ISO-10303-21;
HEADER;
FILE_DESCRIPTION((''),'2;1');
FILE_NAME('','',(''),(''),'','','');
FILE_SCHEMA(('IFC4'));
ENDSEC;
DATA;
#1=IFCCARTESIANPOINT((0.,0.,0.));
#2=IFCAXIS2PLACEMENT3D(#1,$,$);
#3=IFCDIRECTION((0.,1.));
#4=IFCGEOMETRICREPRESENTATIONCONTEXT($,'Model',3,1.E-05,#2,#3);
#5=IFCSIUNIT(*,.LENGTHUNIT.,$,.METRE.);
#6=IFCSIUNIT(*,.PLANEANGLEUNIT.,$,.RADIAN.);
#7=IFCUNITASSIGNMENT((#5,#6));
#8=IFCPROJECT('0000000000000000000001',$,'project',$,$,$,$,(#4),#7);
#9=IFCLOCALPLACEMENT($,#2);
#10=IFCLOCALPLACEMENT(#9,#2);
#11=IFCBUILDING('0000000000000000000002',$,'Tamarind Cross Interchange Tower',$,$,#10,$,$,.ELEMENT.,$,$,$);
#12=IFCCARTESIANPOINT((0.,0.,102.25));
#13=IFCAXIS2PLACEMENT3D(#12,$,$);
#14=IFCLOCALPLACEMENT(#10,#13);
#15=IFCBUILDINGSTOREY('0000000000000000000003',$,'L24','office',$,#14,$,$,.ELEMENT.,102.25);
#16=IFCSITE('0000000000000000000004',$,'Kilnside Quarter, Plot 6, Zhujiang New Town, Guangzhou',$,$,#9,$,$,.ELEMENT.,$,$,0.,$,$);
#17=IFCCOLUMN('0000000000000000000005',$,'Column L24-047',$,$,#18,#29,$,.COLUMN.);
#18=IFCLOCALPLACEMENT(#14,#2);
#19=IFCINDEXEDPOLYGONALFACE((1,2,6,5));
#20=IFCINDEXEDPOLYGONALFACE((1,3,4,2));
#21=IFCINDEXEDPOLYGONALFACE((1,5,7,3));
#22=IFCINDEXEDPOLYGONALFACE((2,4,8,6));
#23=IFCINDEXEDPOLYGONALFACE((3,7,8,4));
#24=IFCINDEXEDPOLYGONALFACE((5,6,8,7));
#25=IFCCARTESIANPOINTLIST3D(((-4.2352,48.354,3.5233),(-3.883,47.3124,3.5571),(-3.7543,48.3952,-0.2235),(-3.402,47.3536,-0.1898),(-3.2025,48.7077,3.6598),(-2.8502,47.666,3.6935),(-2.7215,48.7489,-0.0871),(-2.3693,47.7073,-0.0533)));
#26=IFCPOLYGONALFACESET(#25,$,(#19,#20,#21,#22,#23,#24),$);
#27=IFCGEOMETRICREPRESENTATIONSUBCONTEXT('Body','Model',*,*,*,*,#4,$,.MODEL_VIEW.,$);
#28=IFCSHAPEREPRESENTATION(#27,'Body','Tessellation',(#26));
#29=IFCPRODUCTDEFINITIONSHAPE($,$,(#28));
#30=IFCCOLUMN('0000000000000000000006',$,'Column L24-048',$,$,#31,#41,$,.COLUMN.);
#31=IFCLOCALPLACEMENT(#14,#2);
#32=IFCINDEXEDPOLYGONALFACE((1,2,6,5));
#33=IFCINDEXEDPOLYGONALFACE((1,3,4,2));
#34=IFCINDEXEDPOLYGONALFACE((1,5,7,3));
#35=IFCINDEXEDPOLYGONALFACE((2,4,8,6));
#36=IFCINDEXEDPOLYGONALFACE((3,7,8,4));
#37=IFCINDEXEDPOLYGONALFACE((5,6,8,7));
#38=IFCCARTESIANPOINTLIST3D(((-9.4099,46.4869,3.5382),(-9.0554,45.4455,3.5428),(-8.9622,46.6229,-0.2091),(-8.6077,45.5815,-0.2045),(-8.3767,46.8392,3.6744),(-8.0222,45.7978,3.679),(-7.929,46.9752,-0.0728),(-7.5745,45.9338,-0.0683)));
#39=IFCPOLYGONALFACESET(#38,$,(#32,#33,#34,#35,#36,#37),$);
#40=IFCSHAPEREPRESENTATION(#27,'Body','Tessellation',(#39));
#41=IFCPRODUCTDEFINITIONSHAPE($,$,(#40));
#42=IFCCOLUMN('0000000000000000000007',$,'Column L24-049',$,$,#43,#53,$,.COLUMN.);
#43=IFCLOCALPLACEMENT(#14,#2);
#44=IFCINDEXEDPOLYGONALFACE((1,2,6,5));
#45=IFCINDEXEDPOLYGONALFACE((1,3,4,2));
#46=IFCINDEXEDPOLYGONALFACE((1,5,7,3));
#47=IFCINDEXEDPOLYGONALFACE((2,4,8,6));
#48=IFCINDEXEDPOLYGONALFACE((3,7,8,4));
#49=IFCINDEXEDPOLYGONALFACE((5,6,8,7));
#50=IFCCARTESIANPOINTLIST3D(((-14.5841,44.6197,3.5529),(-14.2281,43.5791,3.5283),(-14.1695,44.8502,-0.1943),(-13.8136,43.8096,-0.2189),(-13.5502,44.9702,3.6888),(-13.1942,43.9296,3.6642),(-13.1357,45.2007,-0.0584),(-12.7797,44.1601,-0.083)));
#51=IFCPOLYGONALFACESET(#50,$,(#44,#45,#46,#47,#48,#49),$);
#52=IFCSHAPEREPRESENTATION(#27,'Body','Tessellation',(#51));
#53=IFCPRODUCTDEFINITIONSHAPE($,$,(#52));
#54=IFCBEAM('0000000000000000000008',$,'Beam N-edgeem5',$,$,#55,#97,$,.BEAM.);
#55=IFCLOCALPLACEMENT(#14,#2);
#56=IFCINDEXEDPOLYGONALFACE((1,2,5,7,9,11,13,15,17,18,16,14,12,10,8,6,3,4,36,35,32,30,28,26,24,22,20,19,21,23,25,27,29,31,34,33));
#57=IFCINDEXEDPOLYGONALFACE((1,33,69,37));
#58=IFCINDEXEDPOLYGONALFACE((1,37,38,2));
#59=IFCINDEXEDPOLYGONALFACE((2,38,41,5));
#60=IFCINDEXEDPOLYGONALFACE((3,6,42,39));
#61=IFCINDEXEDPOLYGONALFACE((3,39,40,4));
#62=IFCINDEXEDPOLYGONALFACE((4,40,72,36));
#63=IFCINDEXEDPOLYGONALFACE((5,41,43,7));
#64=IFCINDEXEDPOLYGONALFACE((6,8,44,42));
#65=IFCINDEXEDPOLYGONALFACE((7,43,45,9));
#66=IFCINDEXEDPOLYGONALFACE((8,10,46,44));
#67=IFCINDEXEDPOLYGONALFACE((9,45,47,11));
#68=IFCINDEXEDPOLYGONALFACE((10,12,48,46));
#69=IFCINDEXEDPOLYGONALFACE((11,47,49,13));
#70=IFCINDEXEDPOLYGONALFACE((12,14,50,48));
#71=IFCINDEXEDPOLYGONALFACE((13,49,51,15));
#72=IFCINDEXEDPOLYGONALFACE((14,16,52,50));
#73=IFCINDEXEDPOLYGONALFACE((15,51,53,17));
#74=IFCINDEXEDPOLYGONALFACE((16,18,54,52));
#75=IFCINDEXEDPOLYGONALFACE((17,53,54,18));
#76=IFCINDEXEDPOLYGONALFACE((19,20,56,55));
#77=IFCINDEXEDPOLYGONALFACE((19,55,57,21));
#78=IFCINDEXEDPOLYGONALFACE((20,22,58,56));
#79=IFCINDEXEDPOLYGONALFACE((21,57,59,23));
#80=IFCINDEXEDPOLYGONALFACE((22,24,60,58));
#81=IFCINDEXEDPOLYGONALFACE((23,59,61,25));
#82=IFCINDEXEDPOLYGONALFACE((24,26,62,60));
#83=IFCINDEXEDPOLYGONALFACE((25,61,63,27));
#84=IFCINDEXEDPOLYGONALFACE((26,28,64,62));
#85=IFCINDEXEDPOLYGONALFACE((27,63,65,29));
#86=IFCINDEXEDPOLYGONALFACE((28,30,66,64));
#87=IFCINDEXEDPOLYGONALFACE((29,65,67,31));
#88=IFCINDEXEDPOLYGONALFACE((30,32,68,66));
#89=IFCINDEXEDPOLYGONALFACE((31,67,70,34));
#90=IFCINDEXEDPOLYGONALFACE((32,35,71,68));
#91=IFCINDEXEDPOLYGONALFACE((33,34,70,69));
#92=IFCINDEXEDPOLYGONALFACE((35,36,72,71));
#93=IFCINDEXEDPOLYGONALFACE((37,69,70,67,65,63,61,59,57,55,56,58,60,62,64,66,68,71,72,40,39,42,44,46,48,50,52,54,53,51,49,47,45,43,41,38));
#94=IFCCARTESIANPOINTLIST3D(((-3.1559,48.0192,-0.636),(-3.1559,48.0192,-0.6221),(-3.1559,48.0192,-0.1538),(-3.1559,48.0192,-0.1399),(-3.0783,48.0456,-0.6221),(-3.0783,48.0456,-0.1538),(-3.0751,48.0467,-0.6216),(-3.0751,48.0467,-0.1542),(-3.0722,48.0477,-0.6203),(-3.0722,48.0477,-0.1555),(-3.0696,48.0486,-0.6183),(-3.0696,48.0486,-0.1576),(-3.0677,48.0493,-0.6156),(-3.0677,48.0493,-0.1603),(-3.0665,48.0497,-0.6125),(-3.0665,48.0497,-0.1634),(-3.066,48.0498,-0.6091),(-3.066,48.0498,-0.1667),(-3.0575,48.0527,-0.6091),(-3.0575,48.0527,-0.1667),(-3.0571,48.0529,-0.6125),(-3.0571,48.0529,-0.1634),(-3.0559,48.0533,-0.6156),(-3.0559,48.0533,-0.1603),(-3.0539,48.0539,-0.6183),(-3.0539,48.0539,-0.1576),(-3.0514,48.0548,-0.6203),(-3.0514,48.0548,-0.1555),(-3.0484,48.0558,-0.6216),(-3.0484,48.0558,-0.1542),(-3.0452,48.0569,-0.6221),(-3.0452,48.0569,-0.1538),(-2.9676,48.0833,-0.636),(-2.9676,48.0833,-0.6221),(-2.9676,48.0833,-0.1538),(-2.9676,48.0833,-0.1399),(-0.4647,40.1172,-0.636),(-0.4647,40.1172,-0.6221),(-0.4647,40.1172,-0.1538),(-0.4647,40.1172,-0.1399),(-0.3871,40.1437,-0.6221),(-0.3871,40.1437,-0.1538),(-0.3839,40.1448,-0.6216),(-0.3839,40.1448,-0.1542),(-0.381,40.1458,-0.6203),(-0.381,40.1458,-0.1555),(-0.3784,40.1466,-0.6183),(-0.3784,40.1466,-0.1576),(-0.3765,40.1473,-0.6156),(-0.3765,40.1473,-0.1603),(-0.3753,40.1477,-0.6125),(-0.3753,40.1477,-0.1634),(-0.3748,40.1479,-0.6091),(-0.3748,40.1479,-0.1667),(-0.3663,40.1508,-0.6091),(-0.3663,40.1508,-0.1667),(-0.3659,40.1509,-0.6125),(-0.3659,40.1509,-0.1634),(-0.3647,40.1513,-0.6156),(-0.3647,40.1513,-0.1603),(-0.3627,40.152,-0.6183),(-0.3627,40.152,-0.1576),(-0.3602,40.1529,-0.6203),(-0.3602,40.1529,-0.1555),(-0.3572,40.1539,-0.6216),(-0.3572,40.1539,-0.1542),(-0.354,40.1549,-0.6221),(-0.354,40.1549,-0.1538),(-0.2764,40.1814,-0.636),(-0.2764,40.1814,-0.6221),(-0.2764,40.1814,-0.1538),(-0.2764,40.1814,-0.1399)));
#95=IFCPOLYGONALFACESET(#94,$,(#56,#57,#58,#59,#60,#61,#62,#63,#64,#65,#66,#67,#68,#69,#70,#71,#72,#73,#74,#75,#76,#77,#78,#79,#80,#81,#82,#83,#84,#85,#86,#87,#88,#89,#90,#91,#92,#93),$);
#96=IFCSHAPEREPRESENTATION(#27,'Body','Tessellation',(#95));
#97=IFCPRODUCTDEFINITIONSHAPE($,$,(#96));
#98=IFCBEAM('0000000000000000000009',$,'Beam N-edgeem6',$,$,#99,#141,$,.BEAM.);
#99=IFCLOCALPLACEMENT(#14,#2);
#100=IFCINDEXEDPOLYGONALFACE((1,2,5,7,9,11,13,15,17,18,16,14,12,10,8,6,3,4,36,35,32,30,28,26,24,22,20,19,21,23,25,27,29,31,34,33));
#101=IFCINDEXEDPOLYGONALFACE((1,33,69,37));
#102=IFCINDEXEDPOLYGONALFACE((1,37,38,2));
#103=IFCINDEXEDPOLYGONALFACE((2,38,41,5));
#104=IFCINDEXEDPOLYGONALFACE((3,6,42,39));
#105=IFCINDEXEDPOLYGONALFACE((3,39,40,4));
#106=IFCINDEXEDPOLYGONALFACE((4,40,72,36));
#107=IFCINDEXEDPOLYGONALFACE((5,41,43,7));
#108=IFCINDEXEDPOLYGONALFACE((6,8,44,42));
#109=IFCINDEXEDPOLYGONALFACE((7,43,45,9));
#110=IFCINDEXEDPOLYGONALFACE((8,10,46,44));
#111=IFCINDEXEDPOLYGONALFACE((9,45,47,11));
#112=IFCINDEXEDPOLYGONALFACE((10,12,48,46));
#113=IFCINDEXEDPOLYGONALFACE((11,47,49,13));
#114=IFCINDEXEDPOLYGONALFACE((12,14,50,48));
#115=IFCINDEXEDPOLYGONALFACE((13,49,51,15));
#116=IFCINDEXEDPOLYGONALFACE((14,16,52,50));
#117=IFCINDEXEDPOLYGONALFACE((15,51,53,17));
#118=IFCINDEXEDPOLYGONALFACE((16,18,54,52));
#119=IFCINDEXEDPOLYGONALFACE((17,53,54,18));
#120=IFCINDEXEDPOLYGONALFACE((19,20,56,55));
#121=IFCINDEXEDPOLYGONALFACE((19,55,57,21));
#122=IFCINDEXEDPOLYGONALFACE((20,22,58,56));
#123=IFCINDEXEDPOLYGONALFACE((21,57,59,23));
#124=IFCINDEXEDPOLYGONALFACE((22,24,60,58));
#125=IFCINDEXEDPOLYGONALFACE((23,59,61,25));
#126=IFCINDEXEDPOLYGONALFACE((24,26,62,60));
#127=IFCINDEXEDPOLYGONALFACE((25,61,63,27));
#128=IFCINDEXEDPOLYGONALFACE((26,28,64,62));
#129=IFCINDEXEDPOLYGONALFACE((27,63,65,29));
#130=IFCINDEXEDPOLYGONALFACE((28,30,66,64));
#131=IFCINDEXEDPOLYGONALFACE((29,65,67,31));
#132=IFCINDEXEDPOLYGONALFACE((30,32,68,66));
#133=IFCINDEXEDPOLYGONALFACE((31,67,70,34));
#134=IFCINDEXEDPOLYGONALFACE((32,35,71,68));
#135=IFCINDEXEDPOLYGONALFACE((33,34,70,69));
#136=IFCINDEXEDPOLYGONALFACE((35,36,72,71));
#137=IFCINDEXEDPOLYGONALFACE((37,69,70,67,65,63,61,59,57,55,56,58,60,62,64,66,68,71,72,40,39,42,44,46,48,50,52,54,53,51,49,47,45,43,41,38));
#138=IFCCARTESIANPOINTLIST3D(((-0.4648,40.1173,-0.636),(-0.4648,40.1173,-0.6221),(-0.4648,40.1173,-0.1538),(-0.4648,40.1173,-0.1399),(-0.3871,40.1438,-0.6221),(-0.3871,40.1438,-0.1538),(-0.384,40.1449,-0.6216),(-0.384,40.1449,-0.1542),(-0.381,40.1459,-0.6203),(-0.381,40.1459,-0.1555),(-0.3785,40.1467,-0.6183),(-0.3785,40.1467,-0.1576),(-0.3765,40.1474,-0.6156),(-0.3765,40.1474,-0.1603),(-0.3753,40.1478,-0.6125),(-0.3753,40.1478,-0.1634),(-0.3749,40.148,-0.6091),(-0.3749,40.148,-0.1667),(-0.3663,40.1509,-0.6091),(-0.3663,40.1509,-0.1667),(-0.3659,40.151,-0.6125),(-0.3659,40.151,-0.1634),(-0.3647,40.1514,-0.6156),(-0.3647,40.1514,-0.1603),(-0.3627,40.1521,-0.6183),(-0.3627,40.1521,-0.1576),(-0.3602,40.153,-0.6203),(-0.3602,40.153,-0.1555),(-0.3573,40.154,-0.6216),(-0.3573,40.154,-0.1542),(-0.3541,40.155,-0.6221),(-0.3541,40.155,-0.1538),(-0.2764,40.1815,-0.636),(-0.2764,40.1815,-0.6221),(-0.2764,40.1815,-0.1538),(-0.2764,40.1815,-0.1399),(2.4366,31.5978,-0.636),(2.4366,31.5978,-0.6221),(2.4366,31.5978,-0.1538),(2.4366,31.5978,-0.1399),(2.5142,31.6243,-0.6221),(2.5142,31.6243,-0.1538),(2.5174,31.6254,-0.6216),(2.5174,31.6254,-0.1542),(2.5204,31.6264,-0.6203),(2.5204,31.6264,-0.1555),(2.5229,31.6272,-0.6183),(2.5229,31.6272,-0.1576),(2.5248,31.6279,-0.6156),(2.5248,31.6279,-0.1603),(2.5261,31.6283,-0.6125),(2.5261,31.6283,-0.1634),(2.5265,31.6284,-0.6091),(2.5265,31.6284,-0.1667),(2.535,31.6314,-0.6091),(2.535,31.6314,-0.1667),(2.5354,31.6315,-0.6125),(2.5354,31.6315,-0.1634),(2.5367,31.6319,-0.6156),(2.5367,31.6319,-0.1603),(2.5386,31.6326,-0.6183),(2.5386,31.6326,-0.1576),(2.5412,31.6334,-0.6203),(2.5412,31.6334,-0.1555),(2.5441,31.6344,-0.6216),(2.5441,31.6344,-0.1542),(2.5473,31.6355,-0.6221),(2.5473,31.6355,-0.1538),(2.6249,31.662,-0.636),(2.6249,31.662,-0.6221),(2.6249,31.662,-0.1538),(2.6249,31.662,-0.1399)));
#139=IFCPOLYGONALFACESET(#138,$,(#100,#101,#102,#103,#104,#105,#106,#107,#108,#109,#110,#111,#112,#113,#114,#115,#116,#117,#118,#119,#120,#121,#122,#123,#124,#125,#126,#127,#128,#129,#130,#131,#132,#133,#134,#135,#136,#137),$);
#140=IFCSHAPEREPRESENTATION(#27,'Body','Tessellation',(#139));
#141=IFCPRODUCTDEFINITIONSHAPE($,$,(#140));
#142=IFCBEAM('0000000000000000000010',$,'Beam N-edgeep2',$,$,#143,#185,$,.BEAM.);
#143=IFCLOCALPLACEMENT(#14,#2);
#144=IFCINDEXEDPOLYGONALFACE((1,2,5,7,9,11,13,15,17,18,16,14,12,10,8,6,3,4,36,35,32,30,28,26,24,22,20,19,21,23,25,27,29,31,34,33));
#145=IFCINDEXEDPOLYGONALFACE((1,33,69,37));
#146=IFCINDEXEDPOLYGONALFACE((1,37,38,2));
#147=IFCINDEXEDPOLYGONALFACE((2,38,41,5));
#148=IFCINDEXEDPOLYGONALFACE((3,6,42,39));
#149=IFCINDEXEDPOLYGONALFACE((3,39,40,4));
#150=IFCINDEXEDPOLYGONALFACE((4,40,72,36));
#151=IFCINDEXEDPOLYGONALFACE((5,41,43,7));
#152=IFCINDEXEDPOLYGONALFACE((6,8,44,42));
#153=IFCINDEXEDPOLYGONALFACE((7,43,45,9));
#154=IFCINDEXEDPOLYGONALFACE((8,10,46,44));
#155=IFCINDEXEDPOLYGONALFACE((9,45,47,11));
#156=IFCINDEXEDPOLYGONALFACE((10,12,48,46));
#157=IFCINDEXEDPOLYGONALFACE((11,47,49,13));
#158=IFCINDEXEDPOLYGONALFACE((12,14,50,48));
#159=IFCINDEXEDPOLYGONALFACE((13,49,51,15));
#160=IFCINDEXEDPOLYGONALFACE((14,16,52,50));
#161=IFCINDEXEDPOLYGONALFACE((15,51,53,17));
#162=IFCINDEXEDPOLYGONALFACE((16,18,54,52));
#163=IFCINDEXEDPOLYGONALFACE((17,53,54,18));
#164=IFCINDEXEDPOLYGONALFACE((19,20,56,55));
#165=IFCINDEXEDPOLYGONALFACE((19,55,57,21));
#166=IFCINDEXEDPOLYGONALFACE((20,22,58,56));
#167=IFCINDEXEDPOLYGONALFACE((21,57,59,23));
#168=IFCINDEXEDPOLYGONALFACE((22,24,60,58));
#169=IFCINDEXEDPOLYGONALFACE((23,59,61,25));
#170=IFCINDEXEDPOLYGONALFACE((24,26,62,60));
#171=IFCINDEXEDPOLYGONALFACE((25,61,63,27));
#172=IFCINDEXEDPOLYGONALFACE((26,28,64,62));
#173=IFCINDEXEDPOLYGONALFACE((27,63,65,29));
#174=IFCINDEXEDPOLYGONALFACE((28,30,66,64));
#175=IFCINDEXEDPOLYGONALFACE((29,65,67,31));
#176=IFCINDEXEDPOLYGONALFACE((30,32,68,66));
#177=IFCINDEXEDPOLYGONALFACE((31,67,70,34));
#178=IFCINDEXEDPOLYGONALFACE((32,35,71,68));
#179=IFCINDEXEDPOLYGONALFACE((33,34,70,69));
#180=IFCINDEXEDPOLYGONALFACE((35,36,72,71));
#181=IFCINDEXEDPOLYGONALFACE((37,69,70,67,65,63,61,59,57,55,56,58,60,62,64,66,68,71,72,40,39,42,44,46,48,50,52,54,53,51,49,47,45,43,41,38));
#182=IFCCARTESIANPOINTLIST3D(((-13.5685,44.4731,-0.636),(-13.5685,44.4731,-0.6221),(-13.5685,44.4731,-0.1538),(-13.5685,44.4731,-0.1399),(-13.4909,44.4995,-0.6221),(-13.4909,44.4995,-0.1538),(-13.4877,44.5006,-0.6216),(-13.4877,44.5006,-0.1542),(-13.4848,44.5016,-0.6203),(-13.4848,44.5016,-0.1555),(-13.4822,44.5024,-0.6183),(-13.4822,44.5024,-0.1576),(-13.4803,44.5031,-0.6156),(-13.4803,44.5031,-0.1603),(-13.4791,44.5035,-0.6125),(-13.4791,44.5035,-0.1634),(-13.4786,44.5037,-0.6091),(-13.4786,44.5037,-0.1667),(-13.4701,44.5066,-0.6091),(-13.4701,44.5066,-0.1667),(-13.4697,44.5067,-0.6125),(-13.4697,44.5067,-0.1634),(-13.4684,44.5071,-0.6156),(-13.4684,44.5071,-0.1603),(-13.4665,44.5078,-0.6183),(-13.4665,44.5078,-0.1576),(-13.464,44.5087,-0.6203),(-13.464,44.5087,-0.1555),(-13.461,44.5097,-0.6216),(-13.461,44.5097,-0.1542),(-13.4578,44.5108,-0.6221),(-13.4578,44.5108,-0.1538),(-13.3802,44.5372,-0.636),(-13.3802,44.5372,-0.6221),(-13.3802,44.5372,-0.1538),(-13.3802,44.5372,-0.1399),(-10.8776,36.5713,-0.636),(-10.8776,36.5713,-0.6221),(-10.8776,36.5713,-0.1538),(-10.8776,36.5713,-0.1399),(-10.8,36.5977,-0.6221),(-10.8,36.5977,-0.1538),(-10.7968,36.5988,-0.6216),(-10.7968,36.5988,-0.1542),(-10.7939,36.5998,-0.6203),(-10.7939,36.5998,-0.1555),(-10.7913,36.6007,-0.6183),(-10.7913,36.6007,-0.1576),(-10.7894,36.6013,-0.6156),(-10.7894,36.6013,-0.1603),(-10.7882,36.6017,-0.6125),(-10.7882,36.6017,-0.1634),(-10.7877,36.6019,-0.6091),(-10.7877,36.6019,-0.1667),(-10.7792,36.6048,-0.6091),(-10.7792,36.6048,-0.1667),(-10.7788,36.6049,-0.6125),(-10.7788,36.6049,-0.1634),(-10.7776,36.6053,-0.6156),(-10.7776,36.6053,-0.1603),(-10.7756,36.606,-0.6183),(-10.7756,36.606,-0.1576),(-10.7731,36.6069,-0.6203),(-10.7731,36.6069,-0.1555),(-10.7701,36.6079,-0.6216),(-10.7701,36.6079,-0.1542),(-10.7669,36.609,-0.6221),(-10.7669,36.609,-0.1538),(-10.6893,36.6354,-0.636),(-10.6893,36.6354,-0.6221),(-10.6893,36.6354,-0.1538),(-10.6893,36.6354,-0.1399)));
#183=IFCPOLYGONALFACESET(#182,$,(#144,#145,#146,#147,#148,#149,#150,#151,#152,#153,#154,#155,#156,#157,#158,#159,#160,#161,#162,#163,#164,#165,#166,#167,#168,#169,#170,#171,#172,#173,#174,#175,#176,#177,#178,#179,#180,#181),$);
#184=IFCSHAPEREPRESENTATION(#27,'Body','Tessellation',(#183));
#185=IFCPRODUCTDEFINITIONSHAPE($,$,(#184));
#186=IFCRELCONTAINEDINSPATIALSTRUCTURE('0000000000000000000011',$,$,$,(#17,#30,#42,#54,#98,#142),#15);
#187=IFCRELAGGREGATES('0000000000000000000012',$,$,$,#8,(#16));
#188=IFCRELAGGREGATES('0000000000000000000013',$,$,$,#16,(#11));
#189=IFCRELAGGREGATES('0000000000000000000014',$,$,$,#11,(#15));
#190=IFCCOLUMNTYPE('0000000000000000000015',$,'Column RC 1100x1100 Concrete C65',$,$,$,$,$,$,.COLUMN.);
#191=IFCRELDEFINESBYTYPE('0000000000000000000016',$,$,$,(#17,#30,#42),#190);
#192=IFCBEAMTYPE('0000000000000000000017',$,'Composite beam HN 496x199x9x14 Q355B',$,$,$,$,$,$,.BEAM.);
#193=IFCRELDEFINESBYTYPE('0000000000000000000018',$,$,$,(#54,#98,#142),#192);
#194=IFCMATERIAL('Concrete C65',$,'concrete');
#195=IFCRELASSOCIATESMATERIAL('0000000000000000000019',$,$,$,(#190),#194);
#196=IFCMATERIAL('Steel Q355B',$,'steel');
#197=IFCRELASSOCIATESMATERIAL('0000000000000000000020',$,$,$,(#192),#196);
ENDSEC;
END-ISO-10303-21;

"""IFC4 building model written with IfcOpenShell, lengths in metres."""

from ifc_helpers import new_model, si_unit, direction, frame, origin, origin_2d, place, context, subcontext, project, spatial, rectangle, i_section, extrude, material, material_profile, profile_set, type_object, element, save


model = new_model("IFC4")

# Units and contexts
model_context = context("Model", 3, precision=1e-05, world=origin(), true_north=direction((0.0, 1.0)))
body_context = subcontext(model_context, "Body", "Model", "MODEL_VIEW")
ifc_project = project(units=[si_unit("LENGTHUNIT", "METRE"), si_unit("PLANEANGLEUNIT", "RADIAN")], contexts=[model_context])

# Site, building, storey
site_placement = place(None, origin())
site = spatial("IfcSite", under=ifc_project, at=site_placement, Name="Kilnside Quarter, Plot 6, Zhujiang New Town, Guangzhou", CompositionType="ELEMENT", RefElevation=0.0)
building_placement = place(site_placement, origin())
building = spatial("IfcBuilding", under=site, at=building_placement, Name="Tamarind Cross Interchange Tower", CompositionType="ELEMENT")
storey_placement = place(building_placement, frame((0.0, 0.0, 102.25)))
storey = spatial("IfcBuildingStorey", under=building, at=storey_placement, Name="L24", Description="office", CompositionType="ELEMENT", Elevation=102.25)

# Columns
ifc_material_1 = material(Name="Concrete C65", Category="concrete")
ifc_material_profile_1 = material_profile(ifc_material_1, rectangle(XDim=1.1001, YDim=1.1001, at=origin_2d()), Name="RC 1100x1100")
ifc_profile_set_1 = profile_set([ifc_material_profile_1], Name="Concrete C65")
column_type = type_object("IfcColumnType", Name="Column RC 1100x1100 Concrete C65", PredefinedType="COLUMN", material=ifc_profile_set_1)
column_1_placement = place(storey_placement, frame((-3.0618, 48.0513, -0.1384), z_axis=(-0.127312, -0.010922, 0.991803), x_axis=(0.320213, -0.946849, 0.030677)))
element("IfcColumn", 1, at=column_1_placement, inside=storey, type_object=column_type, Name="Column L24-047", PredefinedType="COLUMN", context=body_context, shape_type="SweptSolid", body=[
    extrude(rectangle(XDim=1.1001, YDim=1.1001, at=origin_2d()), origin(), (0.0, 0.0, 1.0), 3.7778),
])
column_2_placement = place(storey_placement, frame((-8.2683, 46.2783, -0.1387), z_axis=(-0.118566, -0.036009, 0.992293), x_axis=(0.322244, -0.946648, 0.004151)))
element("IfcColumn", 2, at=column_2_placement, inside=storey, type_object=column_type, Name="Column L24-048", PredefinedType="COLUMN", context=body_context, shape_type="SweptSolid", body=[
    extrude(rectangle(XDim=1.1001, YDim=1.1001, at=origin_2d()), origin(), (0.0, 0.0, 1.0), 3.7764),
])
column_3_placement = place(storey_placement, frame((-13.4746, 44.5051, -0.1387), z_axis=(-0.10975, -0.061016, 0.992085), x_axis=(0.939809, 0.318579, 0.123561)))
element("IfcColumn", 3, at=column_3_placement, inside=storey, type_object=column_type, Name="Column L24-049", PredefinedType="COLUMN", context=body_context, shape_type="SweptSolid", body=[
    extrude(rectangle(XDim=1.1001, YDim=1.1001, at=origin_2d()), origin(), (0.0, 0.0, 1.0), 3.7771),
])

# Beams
ifc_material_2 = material(Name="Steel Q355B", Category="steel")
ifc_material_profile_2 = material_profile(ifc_material_2, i_section(OverallWidth=0.199, OverallDepth=0.4961, WebThickness=0.009, FlangeThickness=0.0139, FilletRadius=0.0129, at=origin_2d()), Name="HN 496x199x9x14")
ifc_profile_set_2 = profile_set([ifc_material_profile_2], Name="Steel Q355B")
beam_type_1 = type_object("IfcBeamType", Name="Composite beam HN 496x199x9x14 Q355B", PredefinedType="BEAM", material=ifc_profile_set_2)
beam_1_placement = place(storey_placement, frame((-3.0618, 48.0513, -0.3879), z_axis=(0.322389, -0.946607, 0.0), x_axis=(0.946607, 0.322389, 0.0)))
element("IfcBeam", 4, at=beam_1_placement, inside=storey, type_object=beam_type_1, Name="Beam N-edgeem5", PredefinedType="BEAM", context=body_context, shape_type="SweptSolid", body=[
    extrude(i_section(OverallWidth=0.199, OverallDepth=0.4961, WebThickness=0.009, FlangeThickness=0.0139, FilletRadius=0.0129, at=origin_2d()), origin(), (0.0, 0.0, 1.0), 8.3477),
])
beam_2_placement = place(storey_placement, frame((-0.3706, 40.1494, -0.3879), z_axis=(0.322373, -0.946613, 0.0), x_axis=(0.946613, 0.322373, 0.0)))
element("IfcBeam", 5, at=beam_2_placement, inside=storey, type_object=beam_type_1, Name="Beam N-edgeem6", PredefinedType="BEAM", context=body_context, shape_type="SweptSolid", body=[
    extrude(i_section(OverallWidth=0.199, OverallDepth=0.4961, WebThickness=0.009, FlangeThickness=0.0139, FilletRadius=0.0129, at=origin_2d()), origin(), (0.0, 0.0, 1.0), 9.0),
])
beam_3_placement = place(storey_placement, frame((-13.4744, 44.5051, -0.3879), z_axis=(0.322363, -0.946616, 0.0), x_axis=(0.946616, 0.322363, 0.0)))
element("IfcBeam", 6, at=beam_3_placement, inside=storey, type_object=beam_type_1, Name="Beam N-edgeep2", PredefinedType="BEAM", context=body_context, shape_type="SweptSolid", body=[
    extrude(i_section(OverallWidth=0.199, OverallDepth=0.4961, WebThickness=0.009, FlangeThickness=0.0139, FilletRadius=0.0129, at=origin_2d()), origin(), (0.0, 0.0, 1.0), 8.3474),
])

save(model, "model.ifc")
